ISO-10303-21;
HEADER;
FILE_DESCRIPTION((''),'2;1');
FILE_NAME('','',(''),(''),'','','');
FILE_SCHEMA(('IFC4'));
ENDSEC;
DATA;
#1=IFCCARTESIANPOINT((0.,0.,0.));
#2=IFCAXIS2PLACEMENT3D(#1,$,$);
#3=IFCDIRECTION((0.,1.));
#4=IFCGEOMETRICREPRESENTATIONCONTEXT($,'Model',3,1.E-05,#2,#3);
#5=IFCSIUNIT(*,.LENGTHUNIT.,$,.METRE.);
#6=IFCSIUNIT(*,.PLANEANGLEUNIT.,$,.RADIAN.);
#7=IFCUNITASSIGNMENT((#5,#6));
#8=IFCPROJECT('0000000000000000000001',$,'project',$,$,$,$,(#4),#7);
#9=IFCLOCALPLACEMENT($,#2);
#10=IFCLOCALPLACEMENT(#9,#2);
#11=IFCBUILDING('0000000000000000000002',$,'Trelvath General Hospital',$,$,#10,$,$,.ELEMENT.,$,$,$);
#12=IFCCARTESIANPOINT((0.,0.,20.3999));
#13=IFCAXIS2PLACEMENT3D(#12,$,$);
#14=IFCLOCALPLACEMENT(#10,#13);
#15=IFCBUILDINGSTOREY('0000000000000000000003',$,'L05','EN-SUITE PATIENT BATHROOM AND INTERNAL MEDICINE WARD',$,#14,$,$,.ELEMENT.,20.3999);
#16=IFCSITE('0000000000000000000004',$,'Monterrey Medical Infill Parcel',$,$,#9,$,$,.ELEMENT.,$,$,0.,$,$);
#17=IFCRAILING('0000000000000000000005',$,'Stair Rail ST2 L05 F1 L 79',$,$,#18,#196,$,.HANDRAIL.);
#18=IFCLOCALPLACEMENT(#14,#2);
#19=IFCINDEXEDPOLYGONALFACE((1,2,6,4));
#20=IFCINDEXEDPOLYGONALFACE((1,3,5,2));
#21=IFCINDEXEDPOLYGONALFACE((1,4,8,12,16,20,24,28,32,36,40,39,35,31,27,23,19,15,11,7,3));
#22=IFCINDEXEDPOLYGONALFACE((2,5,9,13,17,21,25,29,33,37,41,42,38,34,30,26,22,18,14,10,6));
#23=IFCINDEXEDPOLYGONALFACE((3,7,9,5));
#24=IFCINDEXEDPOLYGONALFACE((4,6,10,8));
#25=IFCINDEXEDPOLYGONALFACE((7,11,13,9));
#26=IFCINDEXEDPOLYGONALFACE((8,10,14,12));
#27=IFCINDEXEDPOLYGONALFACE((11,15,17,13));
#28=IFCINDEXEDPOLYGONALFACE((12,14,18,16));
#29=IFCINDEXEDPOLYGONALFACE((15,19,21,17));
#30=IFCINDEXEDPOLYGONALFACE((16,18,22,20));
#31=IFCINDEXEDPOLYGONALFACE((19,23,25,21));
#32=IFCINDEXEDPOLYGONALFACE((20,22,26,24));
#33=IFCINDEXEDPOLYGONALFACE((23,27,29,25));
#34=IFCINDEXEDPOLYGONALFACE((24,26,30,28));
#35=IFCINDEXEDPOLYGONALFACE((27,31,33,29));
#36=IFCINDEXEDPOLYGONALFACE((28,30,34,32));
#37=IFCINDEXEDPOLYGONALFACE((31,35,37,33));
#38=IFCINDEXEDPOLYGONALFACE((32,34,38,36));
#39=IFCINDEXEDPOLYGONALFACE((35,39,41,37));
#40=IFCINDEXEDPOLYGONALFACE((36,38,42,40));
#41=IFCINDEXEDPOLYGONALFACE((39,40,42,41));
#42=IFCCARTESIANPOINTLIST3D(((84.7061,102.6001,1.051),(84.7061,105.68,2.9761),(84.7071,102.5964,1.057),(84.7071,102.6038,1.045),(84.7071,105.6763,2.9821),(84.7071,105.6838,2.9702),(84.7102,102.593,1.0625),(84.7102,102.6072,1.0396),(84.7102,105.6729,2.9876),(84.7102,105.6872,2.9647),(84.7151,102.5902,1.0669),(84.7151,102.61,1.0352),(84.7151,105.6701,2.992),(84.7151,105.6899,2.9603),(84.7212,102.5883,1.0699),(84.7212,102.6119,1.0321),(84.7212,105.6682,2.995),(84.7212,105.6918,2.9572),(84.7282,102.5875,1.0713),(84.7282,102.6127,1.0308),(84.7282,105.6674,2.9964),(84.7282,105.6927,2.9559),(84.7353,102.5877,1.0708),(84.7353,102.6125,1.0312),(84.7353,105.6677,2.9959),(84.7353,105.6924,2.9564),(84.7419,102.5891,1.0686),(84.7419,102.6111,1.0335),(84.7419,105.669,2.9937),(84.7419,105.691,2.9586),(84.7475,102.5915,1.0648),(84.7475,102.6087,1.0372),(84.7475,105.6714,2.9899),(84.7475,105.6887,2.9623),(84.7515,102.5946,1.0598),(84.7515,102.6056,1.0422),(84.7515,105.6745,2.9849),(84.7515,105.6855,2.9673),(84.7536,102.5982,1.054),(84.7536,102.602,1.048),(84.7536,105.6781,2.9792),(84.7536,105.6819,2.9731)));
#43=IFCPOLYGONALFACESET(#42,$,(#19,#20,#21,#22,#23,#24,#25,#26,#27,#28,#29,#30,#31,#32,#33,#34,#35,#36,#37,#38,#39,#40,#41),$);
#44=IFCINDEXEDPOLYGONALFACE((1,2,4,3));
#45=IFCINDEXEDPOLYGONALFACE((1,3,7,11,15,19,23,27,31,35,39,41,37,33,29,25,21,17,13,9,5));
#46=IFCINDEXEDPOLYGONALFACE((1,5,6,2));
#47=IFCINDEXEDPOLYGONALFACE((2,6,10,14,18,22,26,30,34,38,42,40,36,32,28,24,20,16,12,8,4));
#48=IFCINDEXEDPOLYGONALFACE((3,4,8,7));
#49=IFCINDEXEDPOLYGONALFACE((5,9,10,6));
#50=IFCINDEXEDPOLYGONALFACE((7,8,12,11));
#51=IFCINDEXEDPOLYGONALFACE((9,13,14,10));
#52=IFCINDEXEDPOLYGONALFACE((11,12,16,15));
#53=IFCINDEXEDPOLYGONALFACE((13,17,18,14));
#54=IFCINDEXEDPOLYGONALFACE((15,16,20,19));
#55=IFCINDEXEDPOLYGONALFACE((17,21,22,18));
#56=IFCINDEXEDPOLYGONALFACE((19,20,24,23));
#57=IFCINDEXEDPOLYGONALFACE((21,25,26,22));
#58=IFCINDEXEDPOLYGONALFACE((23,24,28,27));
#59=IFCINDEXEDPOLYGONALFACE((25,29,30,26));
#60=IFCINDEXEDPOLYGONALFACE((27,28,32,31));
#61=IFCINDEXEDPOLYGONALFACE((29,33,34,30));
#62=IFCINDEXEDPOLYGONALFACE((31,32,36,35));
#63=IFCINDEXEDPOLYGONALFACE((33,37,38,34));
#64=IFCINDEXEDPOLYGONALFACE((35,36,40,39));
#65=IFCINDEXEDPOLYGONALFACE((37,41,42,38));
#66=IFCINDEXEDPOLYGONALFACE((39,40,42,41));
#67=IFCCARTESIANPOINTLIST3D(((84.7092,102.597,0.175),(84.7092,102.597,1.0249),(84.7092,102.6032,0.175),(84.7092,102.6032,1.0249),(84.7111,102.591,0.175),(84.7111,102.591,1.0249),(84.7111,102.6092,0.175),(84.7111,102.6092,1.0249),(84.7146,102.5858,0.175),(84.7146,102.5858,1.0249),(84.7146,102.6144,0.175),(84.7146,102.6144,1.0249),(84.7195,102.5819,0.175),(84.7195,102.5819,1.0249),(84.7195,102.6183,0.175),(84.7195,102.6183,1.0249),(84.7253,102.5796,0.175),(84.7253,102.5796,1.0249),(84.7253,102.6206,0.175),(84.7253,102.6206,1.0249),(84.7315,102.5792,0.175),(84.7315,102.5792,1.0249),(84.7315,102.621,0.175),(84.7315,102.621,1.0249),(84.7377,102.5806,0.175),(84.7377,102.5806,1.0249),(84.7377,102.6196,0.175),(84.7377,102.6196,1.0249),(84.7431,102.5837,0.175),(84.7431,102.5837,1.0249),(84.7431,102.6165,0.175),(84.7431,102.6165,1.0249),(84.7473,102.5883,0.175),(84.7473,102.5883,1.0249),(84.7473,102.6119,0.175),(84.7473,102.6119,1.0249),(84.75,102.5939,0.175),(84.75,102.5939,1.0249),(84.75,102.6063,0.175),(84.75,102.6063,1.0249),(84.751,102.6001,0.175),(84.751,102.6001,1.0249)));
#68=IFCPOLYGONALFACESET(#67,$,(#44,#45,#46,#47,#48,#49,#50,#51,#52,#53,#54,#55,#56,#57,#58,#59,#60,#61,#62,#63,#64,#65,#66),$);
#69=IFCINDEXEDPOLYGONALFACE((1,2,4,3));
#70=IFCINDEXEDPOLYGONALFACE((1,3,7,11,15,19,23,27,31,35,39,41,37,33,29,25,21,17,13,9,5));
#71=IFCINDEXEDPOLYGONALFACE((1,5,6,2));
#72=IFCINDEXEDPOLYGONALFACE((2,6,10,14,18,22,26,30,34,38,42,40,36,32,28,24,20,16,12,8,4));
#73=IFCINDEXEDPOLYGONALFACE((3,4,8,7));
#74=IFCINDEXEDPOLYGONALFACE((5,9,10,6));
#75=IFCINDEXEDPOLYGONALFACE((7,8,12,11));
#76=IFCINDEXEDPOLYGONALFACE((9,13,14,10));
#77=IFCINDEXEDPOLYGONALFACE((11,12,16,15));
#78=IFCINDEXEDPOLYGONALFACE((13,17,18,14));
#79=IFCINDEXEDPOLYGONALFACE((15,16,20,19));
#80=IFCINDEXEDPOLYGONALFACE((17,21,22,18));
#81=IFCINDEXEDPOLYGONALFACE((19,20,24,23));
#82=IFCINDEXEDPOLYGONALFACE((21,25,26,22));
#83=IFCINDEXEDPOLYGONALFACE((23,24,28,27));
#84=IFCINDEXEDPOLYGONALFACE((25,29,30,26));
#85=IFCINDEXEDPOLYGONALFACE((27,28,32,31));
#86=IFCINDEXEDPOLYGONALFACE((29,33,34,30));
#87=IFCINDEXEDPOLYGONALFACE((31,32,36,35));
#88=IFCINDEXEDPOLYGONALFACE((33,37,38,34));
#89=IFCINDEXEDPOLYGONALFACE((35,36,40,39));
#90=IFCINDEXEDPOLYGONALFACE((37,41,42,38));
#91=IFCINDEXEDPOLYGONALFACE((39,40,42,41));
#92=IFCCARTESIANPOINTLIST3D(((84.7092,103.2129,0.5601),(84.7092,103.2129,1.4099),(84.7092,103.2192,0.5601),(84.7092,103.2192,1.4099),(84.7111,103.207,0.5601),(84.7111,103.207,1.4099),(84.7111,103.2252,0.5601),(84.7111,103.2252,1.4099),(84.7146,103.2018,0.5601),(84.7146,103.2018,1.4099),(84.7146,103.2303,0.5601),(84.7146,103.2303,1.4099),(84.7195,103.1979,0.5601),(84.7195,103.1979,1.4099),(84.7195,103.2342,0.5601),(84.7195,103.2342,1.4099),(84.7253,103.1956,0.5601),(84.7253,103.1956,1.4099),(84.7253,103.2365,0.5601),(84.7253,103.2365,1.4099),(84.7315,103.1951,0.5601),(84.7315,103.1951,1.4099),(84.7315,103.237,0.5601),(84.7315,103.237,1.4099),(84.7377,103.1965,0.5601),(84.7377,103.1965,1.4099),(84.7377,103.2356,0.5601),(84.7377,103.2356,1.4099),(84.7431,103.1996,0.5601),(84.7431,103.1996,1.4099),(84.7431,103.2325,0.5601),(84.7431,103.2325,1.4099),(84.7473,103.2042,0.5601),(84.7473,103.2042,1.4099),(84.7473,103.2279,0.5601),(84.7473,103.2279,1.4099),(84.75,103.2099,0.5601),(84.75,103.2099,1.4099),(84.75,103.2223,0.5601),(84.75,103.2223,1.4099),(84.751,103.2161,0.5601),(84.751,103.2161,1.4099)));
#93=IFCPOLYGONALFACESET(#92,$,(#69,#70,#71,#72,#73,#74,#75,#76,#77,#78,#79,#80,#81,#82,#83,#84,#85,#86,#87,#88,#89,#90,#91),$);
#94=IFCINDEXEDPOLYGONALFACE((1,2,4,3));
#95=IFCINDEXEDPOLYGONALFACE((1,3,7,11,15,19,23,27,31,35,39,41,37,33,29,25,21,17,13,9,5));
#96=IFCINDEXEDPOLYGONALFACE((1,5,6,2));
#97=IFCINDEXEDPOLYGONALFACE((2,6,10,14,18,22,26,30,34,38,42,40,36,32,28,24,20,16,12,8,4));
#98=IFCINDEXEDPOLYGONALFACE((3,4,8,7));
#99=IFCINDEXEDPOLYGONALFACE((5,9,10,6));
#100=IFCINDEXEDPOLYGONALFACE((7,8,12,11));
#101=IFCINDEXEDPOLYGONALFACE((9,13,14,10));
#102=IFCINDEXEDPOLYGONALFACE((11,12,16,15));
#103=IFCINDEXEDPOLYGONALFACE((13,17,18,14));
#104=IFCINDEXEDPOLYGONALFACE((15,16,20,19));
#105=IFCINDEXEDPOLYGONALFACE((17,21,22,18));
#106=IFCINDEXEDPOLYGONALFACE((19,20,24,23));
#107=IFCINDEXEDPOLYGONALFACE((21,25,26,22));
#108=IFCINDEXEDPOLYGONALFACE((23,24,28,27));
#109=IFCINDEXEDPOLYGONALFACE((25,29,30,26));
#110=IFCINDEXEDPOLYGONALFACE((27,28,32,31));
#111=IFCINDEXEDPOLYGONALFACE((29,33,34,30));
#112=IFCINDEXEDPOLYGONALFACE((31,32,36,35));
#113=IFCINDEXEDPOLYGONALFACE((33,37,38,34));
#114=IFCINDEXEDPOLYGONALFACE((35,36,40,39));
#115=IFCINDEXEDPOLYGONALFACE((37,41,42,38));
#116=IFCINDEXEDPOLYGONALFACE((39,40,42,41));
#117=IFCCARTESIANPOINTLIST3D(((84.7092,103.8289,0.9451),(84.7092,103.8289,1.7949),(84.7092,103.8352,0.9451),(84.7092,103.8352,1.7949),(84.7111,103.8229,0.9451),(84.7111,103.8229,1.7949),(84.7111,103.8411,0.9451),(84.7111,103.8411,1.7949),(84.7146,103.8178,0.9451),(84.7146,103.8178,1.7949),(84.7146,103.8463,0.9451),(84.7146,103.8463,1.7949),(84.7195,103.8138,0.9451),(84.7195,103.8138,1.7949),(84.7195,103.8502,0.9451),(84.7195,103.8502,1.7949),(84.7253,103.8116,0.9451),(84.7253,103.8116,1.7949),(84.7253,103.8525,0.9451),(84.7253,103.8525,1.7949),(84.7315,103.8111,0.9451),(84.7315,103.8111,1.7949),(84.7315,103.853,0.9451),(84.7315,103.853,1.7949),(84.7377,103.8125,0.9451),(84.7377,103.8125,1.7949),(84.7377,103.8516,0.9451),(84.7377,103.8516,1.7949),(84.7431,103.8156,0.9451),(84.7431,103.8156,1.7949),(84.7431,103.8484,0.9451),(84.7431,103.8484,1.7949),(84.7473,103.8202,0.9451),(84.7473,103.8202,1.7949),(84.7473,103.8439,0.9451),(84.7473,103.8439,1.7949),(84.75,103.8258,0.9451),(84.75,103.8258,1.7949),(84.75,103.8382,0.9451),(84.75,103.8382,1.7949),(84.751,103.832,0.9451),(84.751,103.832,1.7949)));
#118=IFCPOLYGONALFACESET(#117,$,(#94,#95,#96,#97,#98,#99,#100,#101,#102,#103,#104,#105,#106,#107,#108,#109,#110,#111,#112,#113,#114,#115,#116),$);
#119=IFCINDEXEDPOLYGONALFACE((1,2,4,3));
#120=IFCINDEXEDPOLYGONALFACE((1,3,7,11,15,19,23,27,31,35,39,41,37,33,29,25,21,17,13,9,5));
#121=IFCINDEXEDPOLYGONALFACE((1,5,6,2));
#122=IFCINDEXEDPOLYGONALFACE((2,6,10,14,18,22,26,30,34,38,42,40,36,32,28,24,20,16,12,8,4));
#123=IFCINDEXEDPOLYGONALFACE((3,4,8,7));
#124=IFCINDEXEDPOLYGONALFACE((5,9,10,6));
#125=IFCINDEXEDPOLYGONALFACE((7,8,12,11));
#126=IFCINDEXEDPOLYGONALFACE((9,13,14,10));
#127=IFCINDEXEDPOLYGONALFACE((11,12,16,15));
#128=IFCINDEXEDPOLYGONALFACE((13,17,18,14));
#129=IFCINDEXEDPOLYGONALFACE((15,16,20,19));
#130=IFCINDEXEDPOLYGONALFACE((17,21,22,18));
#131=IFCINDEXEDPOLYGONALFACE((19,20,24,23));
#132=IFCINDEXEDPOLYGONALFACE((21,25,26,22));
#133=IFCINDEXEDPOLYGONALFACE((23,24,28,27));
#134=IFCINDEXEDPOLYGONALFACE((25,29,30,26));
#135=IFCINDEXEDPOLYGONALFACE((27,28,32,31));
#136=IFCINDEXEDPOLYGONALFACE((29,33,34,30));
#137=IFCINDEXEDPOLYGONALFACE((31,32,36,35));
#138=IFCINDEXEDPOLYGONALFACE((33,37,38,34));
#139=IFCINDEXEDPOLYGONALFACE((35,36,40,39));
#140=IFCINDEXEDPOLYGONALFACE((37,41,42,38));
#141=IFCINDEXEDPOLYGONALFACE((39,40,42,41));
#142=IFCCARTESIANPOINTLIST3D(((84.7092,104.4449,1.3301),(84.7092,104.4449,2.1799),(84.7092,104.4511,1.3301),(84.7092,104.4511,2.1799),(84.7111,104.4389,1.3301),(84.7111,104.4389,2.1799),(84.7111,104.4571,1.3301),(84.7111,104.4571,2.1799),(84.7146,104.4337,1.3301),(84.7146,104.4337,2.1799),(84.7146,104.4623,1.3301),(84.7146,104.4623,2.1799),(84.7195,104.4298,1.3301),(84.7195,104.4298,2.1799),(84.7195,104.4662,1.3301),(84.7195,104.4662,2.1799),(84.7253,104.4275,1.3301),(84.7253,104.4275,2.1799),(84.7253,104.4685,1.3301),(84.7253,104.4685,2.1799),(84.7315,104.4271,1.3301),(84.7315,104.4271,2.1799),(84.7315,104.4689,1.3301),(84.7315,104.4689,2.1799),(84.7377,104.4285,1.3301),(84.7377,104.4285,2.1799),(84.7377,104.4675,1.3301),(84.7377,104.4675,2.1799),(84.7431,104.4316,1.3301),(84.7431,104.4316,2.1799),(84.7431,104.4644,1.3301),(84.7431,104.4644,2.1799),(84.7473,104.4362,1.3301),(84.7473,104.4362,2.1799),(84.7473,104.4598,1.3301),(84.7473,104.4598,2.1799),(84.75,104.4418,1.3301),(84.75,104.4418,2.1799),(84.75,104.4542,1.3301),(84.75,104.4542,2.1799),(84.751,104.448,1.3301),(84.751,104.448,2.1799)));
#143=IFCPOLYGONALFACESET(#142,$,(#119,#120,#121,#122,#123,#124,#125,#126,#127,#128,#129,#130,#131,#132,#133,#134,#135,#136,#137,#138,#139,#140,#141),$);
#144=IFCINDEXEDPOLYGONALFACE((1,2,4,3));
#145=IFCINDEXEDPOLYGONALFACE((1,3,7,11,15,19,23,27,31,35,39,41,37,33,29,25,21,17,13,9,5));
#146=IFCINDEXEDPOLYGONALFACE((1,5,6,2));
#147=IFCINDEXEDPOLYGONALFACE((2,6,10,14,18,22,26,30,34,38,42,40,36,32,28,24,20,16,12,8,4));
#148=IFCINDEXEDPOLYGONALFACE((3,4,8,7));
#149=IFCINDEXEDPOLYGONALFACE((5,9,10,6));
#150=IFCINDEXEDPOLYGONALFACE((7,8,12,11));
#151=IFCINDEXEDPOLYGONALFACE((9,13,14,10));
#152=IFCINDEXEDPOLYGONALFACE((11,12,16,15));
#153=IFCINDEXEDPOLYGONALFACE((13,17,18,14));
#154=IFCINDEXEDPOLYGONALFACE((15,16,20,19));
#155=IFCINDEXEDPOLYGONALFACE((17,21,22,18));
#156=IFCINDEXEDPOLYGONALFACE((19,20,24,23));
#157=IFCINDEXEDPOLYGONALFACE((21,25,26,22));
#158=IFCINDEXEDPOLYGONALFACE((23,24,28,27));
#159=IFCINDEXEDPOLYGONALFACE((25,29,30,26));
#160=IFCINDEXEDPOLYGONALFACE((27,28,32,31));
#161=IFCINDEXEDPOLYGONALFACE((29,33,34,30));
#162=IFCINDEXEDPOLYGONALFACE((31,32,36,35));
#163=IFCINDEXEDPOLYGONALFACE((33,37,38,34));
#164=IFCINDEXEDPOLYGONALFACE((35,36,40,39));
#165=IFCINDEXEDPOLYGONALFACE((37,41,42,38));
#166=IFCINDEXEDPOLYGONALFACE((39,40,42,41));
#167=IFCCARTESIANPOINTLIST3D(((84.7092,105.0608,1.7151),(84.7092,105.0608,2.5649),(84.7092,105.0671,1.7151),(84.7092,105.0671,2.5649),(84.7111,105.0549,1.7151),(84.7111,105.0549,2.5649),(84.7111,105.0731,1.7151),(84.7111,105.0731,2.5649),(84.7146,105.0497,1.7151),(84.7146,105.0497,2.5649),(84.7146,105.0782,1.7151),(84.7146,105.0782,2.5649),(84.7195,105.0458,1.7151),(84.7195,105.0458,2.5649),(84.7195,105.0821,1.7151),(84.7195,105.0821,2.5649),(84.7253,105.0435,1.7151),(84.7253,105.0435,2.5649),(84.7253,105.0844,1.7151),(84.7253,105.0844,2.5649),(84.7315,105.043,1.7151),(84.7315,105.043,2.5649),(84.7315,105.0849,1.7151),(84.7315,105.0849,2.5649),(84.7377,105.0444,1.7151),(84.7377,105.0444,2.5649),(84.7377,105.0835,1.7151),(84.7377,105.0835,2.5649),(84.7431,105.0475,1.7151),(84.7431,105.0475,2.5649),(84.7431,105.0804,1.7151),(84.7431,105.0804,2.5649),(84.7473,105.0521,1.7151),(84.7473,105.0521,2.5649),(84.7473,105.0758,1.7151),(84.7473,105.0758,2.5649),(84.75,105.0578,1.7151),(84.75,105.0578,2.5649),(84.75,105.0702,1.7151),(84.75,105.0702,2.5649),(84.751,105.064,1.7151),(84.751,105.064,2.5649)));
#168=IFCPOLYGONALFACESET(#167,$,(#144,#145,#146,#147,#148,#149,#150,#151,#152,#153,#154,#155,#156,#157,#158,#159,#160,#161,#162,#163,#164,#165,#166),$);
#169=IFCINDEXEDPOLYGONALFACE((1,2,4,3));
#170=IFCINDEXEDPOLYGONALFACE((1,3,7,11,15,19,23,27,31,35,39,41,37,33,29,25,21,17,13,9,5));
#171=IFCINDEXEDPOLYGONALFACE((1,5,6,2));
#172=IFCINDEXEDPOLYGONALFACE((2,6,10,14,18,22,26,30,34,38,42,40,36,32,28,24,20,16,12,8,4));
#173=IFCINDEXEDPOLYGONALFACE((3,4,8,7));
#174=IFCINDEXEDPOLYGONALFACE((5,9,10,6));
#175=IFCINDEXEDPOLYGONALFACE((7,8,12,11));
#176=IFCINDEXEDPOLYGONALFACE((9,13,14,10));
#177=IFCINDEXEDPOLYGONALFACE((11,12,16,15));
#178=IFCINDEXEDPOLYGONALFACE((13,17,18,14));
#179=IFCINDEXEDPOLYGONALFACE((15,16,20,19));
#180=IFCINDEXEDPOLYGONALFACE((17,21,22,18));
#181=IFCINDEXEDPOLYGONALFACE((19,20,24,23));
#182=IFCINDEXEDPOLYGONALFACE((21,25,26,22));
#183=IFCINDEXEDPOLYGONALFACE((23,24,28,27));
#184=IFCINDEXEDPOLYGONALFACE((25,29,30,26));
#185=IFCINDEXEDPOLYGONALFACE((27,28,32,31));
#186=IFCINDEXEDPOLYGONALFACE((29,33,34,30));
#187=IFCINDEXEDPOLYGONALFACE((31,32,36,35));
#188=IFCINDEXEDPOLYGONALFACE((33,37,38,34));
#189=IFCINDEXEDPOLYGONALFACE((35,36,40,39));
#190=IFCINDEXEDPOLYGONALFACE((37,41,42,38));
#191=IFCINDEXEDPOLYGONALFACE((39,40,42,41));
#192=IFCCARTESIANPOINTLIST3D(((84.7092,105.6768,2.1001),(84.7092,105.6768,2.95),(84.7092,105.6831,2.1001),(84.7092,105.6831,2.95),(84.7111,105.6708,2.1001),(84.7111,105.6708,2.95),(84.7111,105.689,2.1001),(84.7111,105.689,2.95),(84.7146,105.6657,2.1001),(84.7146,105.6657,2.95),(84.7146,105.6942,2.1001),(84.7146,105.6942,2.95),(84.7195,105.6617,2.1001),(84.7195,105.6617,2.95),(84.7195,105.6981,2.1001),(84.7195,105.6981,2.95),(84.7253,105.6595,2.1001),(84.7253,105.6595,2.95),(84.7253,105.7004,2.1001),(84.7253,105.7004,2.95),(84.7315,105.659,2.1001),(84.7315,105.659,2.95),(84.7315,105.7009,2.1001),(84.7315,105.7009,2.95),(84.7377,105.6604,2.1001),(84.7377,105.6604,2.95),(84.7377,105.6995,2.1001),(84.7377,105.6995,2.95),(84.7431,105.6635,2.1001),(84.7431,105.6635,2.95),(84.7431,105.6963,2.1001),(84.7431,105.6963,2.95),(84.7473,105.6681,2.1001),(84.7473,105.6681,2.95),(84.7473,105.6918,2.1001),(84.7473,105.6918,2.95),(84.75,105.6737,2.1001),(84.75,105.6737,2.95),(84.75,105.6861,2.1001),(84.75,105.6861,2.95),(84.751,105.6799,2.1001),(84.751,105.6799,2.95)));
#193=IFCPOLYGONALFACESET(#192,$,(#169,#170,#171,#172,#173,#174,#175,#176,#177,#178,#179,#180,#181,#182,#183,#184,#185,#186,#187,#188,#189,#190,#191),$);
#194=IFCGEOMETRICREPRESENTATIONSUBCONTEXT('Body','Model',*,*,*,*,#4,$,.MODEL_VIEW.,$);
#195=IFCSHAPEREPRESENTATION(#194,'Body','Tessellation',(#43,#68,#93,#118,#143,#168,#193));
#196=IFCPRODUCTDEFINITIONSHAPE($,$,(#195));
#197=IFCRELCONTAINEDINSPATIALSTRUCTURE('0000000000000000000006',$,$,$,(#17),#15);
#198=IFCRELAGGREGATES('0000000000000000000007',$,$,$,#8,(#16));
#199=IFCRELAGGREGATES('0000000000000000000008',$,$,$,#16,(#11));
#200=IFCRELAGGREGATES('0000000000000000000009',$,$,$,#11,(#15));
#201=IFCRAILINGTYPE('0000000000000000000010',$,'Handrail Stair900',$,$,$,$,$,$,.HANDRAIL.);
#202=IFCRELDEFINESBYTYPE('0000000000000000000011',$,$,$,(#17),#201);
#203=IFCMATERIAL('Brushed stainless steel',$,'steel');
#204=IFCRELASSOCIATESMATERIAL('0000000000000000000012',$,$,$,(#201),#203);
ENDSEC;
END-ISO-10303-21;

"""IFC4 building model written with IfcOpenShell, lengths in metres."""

from ifc_helpers import new_model, si_unit, direction, frame, origin, origin_2d, place, context, subcontext, project, spatial, circle, extrude, material, type_object, element, save


model = new_model("IFC4")

# Units and contexts
model_context = context("Model", 3, precision=1e-05, world=origin(), true_north=direction((0.0, 1.0)))
body_context = subcontext(model_context, "Body", "Model", "MODEL_VIEW")
ifc_project = project(units=[si_unit("LENGTHUNIT", "METRE"), si_unit("PLANEANGLEUNIT", "RADIAN")], contexts=[model_context])

# Site, building, storey
site_placement = place(None, origin())
site = spatial("IfcSite", under=ifc_project, at=site_placement, Name="Monterrey Medical Infill Parcel", CompositionType="ELEMENT", RefElevation=0.0)
building_placement = place(site_placement, origin())
building = spatial("IfcBuilding", under=site, at=building_placement, Name="Trelvath General Hospital", CompositionType="ELEMENT")
storey_placement = place(building_placement, frame((0.0, 0.0, 20.3999)))
storey = spatial("IfcBuildingStorey", under=building, at=storey_placement, Name="L05", Description="EN-SUITE PATIENT BATHROOM AND INTERNAL MEDICINE WARD", CompositionType="ELEMENT", Elevation=20.3999)

# Railing
ifc_material_1 = material(Name="Brushed stainless steel", Category="steel")
railing_type_1 = type_object("IfcRailingType", Name="Handrail Stair900", PredefinedType="HANDRAIL", material=ifc_material_1)
railing_1_placement = place(storey_placement, frame((84.73, 102.6001, 0.175)))
element("IfcRailing", 1, at=railing_1_placement, inside=storey, type_object=railing_type_1, Name="Stair Rail ST2 L05 F1 L 79", PredefinedType="HANDRAIL", context=body_context, shape_type="SweptSolid", body=[
    extrude(circle(Radius=0.0239, at=origin_2d()), frame((0.0, 0.0, 0.876), z_axis=(0.0, 0.847979, 0.530029), x_axis=(-1.0, 0.0, 0.0)), (0.0, 0.0, 1.0), 3.6321),
    extrude(circle(Radius=0.021, at=origin_2d()), origin(), (0.0, 0.0, 1.0), 0.8499),
    extrude(circle(Radius=0.021, at=origin_2d()), frame((0.0, 0.616, 0.385)), (0.0, 0.0, 1.0), 0.8499),
    extrude(circle(Radius=0.021, at=origin_2d()), frame((0.0, 1.2319, 0.77)), (0.0, 0.0, 1.0), 0.8499),
    extrude(circle(Radius=0.021, at=origin_2d()), frame((0.0, 1.8479, 1.155)), (0.0, 0.0, 1.0), 0.8499),
    extrude(circle(Radius=0.021, at=origin_2d()), frame((0.0, 2.4639, 1.54)), (0.0, 0.0, 1.0), 0.8499),
    extrude(circle(Radius=0.021, at=origin_2d()), frame((0.0, 3.0798, 1.925)), (0.0, 0.0, 1.0), 0.8499),
])

save(model, "model.ifc")
